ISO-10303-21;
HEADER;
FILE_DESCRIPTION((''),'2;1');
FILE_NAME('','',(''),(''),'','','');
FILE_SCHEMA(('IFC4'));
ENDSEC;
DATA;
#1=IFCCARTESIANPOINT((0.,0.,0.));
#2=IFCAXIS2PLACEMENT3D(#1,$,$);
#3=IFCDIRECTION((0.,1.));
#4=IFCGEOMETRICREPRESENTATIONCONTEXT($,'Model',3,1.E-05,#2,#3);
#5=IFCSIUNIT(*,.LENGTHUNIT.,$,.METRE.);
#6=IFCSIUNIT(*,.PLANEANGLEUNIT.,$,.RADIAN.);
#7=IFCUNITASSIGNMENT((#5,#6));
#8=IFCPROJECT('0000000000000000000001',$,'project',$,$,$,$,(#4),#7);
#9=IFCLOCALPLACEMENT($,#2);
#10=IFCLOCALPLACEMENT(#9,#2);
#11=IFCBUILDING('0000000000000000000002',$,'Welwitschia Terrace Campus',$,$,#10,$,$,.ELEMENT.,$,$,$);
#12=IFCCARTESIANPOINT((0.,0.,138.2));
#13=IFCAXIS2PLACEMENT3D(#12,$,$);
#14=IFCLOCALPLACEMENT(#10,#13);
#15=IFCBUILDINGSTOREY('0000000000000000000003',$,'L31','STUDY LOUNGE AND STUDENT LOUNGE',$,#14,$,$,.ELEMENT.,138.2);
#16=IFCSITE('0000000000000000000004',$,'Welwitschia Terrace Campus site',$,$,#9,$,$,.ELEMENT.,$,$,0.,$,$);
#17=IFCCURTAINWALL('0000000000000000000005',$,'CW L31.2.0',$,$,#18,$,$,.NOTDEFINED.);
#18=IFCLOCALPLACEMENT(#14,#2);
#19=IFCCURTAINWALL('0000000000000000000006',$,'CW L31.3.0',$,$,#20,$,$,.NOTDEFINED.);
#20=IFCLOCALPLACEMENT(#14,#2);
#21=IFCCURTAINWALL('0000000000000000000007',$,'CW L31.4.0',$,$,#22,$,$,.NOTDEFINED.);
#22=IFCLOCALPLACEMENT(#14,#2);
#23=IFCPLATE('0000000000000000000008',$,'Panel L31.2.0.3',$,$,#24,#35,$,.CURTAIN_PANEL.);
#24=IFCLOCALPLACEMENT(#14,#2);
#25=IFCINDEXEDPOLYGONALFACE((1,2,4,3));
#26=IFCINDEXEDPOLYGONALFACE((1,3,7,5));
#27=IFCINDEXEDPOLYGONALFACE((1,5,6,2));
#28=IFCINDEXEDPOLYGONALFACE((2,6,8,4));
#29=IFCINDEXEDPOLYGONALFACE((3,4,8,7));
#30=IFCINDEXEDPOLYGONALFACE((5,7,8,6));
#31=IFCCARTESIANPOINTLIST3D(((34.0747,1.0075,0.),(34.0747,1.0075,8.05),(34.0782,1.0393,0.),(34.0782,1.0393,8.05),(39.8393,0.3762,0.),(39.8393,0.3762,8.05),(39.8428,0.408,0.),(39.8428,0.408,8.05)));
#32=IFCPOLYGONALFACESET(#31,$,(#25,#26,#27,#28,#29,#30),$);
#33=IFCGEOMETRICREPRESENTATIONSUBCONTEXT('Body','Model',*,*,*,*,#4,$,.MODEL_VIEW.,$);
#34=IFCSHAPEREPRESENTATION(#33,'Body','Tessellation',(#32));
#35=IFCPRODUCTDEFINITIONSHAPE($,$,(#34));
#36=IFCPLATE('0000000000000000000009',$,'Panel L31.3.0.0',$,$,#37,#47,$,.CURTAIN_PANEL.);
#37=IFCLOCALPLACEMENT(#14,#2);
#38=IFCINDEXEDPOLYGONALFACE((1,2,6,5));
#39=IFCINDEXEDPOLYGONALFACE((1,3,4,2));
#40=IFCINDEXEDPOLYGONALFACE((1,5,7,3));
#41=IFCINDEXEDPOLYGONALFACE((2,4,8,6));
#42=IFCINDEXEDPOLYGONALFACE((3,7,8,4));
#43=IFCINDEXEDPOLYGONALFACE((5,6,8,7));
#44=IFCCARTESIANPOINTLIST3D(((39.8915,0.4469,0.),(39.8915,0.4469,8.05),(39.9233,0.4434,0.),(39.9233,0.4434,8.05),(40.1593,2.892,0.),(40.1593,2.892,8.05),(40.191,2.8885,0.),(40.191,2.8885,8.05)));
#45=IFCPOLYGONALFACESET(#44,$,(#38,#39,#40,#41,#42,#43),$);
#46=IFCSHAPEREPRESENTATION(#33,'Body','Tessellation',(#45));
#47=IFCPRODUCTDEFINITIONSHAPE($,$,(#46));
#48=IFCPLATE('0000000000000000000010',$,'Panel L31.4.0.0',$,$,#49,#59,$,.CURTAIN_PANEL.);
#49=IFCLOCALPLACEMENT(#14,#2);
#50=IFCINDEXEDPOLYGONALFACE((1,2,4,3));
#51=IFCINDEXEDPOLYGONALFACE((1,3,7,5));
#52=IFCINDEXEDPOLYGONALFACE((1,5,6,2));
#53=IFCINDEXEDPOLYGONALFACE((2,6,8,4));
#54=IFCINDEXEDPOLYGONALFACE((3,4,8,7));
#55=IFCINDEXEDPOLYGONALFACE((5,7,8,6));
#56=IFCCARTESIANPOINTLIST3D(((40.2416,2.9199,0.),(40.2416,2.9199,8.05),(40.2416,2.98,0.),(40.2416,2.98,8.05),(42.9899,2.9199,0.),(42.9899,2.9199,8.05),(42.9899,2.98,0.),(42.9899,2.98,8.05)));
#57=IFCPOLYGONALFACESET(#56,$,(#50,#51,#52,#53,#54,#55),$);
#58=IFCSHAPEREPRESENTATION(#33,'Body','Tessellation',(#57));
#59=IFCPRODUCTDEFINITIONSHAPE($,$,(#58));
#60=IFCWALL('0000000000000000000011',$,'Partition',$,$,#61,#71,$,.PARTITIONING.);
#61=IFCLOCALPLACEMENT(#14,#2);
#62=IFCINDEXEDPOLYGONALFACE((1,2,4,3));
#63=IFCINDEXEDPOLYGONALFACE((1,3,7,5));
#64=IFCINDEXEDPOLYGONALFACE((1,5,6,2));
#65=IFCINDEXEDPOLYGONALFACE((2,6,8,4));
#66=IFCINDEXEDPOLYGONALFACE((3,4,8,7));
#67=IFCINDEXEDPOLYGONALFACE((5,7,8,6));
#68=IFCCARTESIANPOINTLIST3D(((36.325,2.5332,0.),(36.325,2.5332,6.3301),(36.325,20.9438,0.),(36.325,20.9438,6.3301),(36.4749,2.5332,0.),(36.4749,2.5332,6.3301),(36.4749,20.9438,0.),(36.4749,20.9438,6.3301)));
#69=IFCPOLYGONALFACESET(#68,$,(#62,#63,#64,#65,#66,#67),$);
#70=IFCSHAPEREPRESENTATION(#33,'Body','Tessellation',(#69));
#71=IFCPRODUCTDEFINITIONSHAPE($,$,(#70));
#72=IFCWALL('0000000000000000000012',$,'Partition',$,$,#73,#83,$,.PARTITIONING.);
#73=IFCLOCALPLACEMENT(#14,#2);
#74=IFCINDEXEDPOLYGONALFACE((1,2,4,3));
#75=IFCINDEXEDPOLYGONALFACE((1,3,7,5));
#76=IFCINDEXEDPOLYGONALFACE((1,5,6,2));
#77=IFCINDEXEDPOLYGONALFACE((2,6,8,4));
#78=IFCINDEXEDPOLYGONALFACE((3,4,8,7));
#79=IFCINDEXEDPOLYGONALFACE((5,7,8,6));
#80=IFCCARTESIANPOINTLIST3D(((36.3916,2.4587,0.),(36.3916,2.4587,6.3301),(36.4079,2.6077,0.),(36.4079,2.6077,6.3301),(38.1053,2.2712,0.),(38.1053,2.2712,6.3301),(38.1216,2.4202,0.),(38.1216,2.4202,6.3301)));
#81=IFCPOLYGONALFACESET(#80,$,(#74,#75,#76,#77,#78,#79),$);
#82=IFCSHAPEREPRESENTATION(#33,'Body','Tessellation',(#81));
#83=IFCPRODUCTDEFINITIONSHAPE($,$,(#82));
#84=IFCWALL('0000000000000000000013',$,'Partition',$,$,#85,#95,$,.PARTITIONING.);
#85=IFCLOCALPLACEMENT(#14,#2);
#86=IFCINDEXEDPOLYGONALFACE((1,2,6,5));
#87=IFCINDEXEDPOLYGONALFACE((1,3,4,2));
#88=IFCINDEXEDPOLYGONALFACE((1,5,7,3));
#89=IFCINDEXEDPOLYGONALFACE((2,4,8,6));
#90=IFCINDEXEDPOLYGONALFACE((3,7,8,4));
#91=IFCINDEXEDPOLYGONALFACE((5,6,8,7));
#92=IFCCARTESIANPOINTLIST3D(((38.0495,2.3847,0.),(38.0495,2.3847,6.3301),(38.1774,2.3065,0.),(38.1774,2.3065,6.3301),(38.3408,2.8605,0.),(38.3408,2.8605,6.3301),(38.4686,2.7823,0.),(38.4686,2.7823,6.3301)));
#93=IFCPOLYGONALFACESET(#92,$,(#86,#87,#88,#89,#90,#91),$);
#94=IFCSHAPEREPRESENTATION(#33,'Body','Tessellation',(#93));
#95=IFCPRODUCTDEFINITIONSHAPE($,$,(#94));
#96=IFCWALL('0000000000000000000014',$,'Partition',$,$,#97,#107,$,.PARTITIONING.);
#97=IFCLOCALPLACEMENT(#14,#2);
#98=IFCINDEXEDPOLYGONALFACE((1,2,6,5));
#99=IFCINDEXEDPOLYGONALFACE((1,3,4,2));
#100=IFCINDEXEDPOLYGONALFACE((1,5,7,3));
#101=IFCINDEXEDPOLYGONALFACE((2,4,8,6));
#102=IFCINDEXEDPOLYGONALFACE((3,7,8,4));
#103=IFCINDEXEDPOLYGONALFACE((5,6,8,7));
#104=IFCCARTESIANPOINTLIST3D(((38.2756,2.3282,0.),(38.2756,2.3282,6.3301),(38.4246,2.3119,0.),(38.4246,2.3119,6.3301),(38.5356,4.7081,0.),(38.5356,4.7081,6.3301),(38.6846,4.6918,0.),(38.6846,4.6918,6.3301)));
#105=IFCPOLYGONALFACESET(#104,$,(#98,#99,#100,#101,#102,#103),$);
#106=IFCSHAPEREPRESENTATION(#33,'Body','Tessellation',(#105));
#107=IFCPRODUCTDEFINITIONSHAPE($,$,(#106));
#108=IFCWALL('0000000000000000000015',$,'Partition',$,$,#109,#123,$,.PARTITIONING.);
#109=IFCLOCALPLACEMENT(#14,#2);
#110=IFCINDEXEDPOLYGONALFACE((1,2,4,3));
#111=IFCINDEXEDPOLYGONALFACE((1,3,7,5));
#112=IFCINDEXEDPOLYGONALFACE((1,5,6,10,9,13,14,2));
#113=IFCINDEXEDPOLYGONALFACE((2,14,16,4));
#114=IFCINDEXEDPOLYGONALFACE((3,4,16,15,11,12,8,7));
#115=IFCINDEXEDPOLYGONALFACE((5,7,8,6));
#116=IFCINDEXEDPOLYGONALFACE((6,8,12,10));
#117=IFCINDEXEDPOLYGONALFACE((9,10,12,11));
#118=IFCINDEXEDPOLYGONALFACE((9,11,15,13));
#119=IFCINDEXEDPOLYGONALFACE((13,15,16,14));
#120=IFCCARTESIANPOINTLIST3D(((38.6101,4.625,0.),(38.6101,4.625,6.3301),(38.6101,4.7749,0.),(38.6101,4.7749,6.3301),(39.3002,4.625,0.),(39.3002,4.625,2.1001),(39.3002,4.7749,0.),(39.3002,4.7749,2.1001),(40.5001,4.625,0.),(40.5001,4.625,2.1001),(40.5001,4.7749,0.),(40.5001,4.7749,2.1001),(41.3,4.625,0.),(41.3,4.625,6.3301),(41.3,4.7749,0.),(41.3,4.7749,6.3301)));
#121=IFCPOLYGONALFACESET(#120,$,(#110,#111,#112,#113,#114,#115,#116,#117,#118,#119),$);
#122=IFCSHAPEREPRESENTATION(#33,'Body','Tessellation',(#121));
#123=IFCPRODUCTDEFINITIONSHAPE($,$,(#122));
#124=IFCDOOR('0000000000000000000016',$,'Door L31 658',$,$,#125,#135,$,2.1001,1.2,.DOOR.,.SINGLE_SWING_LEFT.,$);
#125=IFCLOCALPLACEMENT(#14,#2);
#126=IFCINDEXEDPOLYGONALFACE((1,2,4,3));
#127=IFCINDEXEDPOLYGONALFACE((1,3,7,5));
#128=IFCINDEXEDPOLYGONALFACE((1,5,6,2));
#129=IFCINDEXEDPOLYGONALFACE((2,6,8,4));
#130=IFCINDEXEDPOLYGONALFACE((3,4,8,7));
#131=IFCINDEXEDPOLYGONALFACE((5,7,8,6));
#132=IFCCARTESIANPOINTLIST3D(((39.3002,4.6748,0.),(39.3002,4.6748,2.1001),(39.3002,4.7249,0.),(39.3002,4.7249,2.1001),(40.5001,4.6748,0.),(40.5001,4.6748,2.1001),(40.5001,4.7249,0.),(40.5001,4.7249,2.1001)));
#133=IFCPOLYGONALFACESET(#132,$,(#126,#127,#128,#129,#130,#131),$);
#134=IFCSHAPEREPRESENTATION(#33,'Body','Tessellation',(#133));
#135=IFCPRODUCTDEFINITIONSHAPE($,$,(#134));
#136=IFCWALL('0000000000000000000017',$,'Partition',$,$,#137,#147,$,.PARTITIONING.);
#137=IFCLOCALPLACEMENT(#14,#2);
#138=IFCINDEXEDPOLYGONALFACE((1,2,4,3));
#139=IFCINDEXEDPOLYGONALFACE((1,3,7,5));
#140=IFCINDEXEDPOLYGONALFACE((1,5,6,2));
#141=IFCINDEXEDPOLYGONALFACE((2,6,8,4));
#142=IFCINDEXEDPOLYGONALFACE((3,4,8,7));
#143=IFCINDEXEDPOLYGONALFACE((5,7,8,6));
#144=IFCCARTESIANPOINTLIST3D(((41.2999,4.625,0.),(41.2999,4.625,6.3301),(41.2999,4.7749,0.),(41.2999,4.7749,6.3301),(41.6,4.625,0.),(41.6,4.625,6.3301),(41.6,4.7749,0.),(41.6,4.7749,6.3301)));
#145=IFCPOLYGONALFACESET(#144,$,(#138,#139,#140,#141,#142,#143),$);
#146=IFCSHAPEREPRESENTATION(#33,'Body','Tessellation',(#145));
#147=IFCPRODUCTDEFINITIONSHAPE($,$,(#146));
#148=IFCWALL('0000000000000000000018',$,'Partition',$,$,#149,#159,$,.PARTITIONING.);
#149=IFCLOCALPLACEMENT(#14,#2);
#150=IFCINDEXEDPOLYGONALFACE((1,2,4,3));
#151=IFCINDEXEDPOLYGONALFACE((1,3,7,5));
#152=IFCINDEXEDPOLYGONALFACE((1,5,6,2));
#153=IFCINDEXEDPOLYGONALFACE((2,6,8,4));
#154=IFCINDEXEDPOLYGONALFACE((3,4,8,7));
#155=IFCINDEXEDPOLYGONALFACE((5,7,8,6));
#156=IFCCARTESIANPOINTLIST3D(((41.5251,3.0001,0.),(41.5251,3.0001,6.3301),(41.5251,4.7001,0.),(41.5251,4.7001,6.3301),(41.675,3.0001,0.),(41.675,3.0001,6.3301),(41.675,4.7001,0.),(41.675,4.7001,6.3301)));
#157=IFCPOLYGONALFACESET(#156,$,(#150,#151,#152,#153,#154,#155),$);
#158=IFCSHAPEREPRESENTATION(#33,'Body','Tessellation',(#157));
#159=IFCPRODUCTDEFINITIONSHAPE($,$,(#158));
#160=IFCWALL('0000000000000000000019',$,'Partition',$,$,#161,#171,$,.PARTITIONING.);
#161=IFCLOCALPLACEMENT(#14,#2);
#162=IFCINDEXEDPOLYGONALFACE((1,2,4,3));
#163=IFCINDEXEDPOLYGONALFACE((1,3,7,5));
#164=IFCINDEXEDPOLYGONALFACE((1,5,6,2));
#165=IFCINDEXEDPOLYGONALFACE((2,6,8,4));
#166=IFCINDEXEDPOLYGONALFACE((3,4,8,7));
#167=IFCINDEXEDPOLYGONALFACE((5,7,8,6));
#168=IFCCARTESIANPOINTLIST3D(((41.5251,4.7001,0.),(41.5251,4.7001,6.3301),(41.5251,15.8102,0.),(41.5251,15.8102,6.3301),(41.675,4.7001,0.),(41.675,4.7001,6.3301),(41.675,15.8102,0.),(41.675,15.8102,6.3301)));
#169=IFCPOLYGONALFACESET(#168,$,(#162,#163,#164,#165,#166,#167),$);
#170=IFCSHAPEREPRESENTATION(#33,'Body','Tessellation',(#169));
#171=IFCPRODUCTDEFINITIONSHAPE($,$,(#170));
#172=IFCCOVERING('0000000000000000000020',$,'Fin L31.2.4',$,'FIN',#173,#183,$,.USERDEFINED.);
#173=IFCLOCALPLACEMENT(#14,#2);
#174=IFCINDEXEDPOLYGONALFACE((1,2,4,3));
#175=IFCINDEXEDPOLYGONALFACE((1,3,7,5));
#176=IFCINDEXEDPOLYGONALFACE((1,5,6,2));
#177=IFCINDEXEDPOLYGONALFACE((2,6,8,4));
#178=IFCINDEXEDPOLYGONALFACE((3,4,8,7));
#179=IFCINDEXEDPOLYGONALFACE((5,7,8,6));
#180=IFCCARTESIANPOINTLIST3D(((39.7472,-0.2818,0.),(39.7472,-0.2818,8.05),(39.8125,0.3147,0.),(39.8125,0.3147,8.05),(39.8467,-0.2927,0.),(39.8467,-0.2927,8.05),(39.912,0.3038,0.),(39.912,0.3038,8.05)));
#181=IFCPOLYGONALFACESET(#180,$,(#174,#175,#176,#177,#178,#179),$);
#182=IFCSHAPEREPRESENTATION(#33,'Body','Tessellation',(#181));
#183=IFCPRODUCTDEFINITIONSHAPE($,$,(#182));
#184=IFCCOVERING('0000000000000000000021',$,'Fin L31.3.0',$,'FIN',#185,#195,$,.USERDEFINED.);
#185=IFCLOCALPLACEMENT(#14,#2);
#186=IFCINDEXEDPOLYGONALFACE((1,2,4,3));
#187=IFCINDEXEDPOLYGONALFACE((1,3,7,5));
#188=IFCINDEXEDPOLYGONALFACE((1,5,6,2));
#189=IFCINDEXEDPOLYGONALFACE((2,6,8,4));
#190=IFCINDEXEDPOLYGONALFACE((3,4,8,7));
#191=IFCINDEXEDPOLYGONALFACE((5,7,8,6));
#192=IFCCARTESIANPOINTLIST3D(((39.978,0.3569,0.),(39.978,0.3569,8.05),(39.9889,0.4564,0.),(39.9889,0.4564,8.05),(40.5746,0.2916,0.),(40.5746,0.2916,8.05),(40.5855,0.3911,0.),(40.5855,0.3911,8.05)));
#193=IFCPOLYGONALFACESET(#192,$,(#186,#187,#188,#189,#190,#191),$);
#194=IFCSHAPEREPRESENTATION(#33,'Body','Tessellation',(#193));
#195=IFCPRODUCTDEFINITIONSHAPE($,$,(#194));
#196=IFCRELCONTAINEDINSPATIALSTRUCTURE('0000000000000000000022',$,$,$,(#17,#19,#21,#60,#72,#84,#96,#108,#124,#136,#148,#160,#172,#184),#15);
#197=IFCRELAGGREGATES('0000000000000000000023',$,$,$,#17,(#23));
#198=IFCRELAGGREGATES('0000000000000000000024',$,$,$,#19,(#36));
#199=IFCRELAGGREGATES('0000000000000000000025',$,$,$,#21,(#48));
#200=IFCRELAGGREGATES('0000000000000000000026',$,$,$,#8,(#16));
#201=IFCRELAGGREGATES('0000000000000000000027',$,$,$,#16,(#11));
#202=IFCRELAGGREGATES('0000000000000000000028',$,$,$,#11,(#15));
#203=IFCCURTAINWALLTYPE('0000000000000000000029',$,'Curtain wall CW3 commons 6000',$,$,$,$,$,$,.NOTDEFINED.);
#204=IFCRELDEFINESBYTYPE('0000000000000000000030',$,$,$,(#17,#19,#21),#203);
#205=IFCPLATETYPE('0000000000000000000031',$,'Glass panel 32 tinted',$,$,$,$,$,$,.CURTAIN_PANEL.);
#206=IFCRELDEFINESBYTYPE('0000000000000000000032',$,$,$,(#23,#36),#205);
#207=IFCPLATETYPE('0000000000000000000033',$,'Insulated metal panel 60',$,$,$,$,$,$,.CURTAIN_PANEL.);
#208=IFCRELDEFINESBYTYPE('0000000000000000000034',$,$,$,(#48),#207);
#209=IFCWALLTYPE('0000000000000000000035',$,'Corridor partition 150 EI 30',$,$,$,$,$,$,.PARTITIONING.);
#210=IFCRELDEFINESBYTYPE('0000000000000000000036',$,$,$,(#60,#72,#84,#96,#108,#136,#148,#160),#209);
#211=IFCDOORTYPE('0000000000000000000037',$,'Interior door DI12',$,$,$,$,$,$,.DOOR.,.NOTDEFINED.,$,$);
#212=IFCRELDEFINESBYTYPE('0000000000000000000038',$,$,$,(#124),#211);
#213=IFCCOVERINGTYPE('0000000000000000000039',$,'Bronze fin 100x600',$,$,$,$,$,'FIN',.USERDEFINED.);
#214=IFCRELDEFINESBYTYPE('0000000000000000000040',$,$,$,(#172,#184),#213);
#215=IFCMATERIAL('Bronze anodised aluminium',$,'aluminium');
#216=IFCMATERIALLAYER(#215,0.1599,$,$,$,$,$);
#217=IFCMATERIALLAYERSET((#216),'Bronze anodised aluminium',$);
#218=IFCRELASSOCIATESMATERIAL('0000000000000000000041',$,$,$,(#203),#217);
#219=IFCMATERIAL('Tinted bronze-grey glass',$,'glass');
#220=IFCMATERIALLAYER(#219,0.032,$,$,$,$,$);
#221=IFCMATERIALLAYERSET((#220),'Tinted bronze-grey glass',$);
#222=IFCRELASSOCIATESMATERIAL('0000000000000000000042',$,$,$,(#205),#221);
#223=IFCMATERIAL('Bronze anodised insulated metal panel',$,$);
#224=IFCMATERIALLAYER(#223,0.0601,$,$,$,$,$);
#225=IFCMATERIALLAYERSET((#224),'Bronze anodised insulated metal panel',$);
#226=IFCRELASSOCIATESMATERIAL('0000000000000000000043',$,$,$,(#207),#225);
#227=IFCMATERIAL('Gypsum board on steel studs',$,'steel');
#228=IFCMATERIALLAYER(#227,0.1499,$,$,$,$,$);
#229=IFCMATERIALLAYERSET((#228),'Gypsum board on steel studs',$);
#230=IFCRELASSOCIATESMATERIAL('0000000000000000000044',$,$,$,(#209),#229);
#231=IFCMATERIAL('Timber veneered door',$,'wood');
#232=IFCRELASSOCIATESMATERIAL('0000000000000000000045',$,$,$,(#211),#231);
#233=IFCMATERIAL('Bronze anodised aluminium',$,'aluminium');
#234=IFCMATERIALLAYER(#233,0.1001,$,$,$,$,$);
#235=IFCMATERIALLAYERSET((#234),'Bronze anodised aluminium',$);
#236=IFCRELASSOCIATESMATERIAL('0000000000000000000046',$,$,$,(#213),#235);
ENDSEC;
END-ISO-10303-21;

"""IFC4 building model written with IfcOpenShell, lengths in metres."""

from ifc_helpers import new_model, si_unit, direction, frame, frame_2d, origin, origin_2d, place, context, subcontext, project, spatial, rectangle, extrude, material, layer, layer_set, type_object, element, fill, aggregate, save


model = new_model("IFC4")

# Units and contexts
model_context = context("Model", 3, precision=1e-05, world=origin(), true_north=direction((0.0, 1.0)))
body_context = subcontext(model_context, "Body", "Model", "MODEL_VIEW")
ifc_project = project(units=[si_unit("LENGTHUNIT", "METRE"), si_unit("PLANEANGLEUNIT", "RADIAN")], contexts=[model_context])

# Site, building, storey
site_placement = place(None, origin())
site = spatial("IfcSite", under=ifc_project, at=site_placement, Name="Welwitschia Terrace Campus site", CompositionType="ELEMENT", RefElevation=0.0)
building_placement = place(site_placement, origin())
building = spatial("IfcBuilding", under=site, at=building_placement, Name="Welwitschia Terrace Campus", CompositionType="ELEMENT")
storey_placement = place(building_placement, frame((0.0, 0.0, 138.2)))
storey = spatial("IfcBuildingStorey", under=building, at=storey_placement, Name="L31", Description="STUDY LOUNGE AND STUDENT LOUNGE", CompositionType="ELEMENT", Elevation=138.2)

# Curtain wall
ifc_material_1 = material(Name="Bronze anodised aluminium", Category="aluminium")
ifc_layer_1 = layer(ifc_material_1, 0.1599)
ifc_layer_set_1 = layer_set([ifc_layer_1], Name="Bronze anodised aluminium")
curtain_wall_type = type_object("IfcCurtainWallType", Name="Curtain wall CW3 commons 6000", PredefinedType="NOTDEFINED", material=ifc_layer_set_1)
curtain_wall_1_placement = place(storey_placement, origin())
curtain_wall_1 = element("IfcCurtainWall", 1, at=curtain_wall_1_placement, inside=storey, type_object=curtain_wall_type, Name="CW L31.2.0", PredefinedType="NOTDEFINED")

# Curtain walls
curtain_wall_2_placement = place(storey_placement, origin())
curtain_wall_2 = element("IfcCurtainWall", 2, at=curtain_wall_2_placement, inside=storey, type_object=curtain_wall_type, Name="CW L31.3.0", PredefinedType="NOTDEFINED")
curtain_wall_3_placement = place(storey_placement, origin())
curtain_wall_3 = element("IfcCurtainWall", 3, at=curtain_wall_3_placement, inside=storey, type_object=curtain_wall_type, Name="CW L31.4.0", PredefinedType="NOTDEFINED")

# Plates
ifc_material_2 = material(Name="Tinted bronze-grey glass", Category="glass")
ifc_layer_2 = layer(ifc_material_2, 0.032)
ifc_layer_set_2 = layer_set([ifc_layer_2], Name="Tinted bronze-grey glass")
plate_type_1 = type_object("IfcPlateType", Name="Glass panel 32 tinted", PredefinedType="CURTAIN_PANEL", material=ifc_layer_set_2)
plate_1_placement = place(storey_placement, frame((36.9587, 0.7078, 0.0), z_axis=(0.0, 0.0, 1.0), x_axis=(0.994056, -0.108867, 0.0)))
plate_1 = element("IfcPlate", 4, at=plate_1_placement, type_object=plate_type_1, Name="Panel L31.2.0.3", PredefinedType="CURTAIN_PANEL", context=body_context, shape_type="SweptSolid", body=[
    extrude(rectangle(XDim=5.7991, YDim=0.032, at=origin_2d()), origin(), (0.0, 0.0, 1.0), 8.05),
])
aggregate(curtain_wall_1, [plate_1])
plate_2_placement = place(storey_placement, frame((40.0413, 1.6677, 0.0), z_axis=(0.0, 0.0, 1.0), x_axis=(0.108867, 0.994056, 0.0)))
plate_2 = element("IfcPlate", 5, at=plate_2_placement, type_object=plate_type_1, Name="Panel L31.3.0.0", PredefinedType="CURTAIN_PANEL", context=body_context, shape_type="SweptSolid", body=[
    extrude(rectangle(XDim=2.4597, YDim=0.032, at=origin_2d()), origin(), (0.0, 0.0, 1.0), 8.05),
])
aggregate(curtain_wall_2, [plate_2])
ifc_material_3 = material(Name="Bronze anodised insulated metal panel")
ifc_layer_3 = layer(ifc_material_3, 0.0601)
ifc_layer_set_3 = layer_set([ifc_layer_3], Name="Bronze anodised insulated metal panel")
plate_type_2 = type_object("IfcPlateType", Name="Insulated metal panel 60", PredefinedType="CURTAIN_PANEL", material=ifc_layer_set_3)
plate_3_placement = place(storey_placement, frame((41.6157, 2.95, 0.0), z_axis=(0.0, 0.0, 1.0), x_axis=(1.0, 0.0, 0.0)))
plate_3 = element("IfcPlate", 6, at=plate_3_placement, type_object=plate_type_2, Name="Panel L31.4.0.0", PredefinedType="CURTAIN_PANEL", context=body_context, shape_type="SweptSolid", body=[
    extrude(rectangle(XDim=2.7483, YDim=0.0601, at=origin_2d()), origin(), (0.0, 0.0, 1.0), 8.05),
])
aggregate(curtain_wall_3, [plate_3])

# Walls
ifc_material_4 = material(Name="Gypsum board on steel studs", Category="steel")
ifc_layer_4 = layer(ifc_material_4, 0.1499)
ifc_layer_set_4 = layer_set([ifc_layer_4], Name="Gypsum board on steel studs")
wall_type = type_object("IfcWallType", Name="Corridor partition 150 EI 30", PredefinedType="PARTITIONING", material=ifc_layer_set_4)
wall_1_placement = place(storey_placement, frame((36.3999, 2.5332, 0.0), z_axis=(0.0, 0.0, 1.0), x_axis=(0.0, 1.0, 0.0)))
element("IfcWall", 7, at=wall_1_placement, inside=storey, type_object=wall_type, Name="Partition", PredefinedType="PARTITIONING", context=body_context, shape_type="SweptSolid", body=[
    extrude(rectangle(XDim=18.4106, YDim=0.1499, at=frame_2d((9.2053, 0.0))), origin(), (0.0, 0.0, 1.0), 6.3301),
])
wall_2_placement = place(storey_placement, frame((36.3999, 2.5332, 0.0), z_axis=(0.0, 0.0, 1.0), x_axis=(0.994067, -0.108768, 0.0)))
element("IfcWall", 8, at=wall_2_placement, inside=storey, type_object=wall_type, Name="Partition", PredefinedType="PARTITIONING", context=body_context, shape_type="SweptSolid", body=[
    extrude(rectangle(XDim=1.7239, YDim=0.1499, at=frame_2d((0.8618, 0.0))), origin(), (0.0, 0.0, 1.0), 6.3301),
])
wall_3_placement = place(storey_placement, frame((38.1135, 2.3457, 0.0), z_axis=(0.0, 0.0, 1.0), x_axis=(0.522069, 0.852903, 0.0)))
element("IfcWall", 9, at=wall_3_placement, inside=storey, type_object=wall_type, Name="Partition", PredefinedType="PARTITIONING", context=body_context, shape_type="SweptSolid", body=[
    extrude(rectangle(XDim=0.5579, YDim=0.1499, at=frame_2d((0.2788, 0.0))), origin(), (0.0, 0.0, 1.0), 6.3301),
])
wall_4_placement = place(storey_placement, frame((38.3501, 2.3201, 0.0), z_axis=(0.0, 0.0, 1.0), x_axis=(0.108607, 0.994085, 0.0)))
element("IfcWall", 10, at=wall_4_placement, inside=storey, type_object=wall_type, Name="Partition", PredefinedType="PARTITIONING", context=body_context, shape_type="SweptSolid", body=[
    extrude(rectangle(XDim=2.394, YDim=0.1499, at=frame_2d((1.197, 0.0))), origin(), (0.0, 0.0, 1.0), 6.3301),
])

# Wall, opening, door
wall_5_placement = place(storey_placement, frame((38.6101, 4.7, 0.0), z_axis=(0.0, 0.0, 1.0), x_axis=(1.0, 0.0, 0.0)))
wall_5 = element("IfcWall", 11, at=wall_5_placement, inside=storey, type_object=wall_type, Name="Partition", PredefinedType="PARTITIONING", context=body_context, shape_type="SweptSolid", body=[
    extrude(rectangle(XDim=2.6899, YDim=0.1499, at=frame_2d((1.345, 0.0))), origin(), (0.0, 0.0, 1.0), 6.3301),
])
opening_placement = place(wall_5_placement, frame((0.6899, 0.0, 0.0)))
opening = element("IfcOpeningElement", 12, at=opening_placement, cuts=wall_5, PredefinedType="OPENING", context=body_context, shape_type="SweptSolid", body=[
    extrude(rectangle(XDim=1.2, YDim=2.1001, at=frame_2d((0.6001, 1.05))), frame((0.0, 0.085, 0.0), z_axis=(0.0, -1.0, 0.0), x_axis=(1.0, 0.0, 0.0)), (0.0, 0.0, 1.0), 0.1699),
])
ifc_material_5 = material(Name="Timber veneered door", Category="wood")
door_type = type_object("IfcDoorType", Name="Interior door DI12", OperationType="NOTDEFINED", PredefinedType="DOOR", material=ifc_material_5)
door_placement = place(opening_placement, origin())
door = element("IfcDoor", 13, at=door_placement, inside=storey, type_object=door_type, Name="Door L31 658", OperationType="SINGLE_SWING_LEFT", OverallHeight=2.1001, OverallWidth=1.2, PredefinedType="DOOR", context=body_context, shape_type="SweptSolid", body=[
    extrude(rectangle(XDim=1.2, YDim=2.1001, at=frame_2d((0.6001, 1.05))), frame((0.0, 0.0249, 0.0), z_axis=(0.0, -1.0, 0.0), x_axis=(1.0, 0.0, 0.0)), (0.0, 0.0, 1.0), 0.05),
])
fill(opening, door)

# Walls
wall_6_placement = place(storey_placement, frame((41.3, 4.7, 0.0), z_axis=(0.0, 0.0, 1.0), x_axis=(1.0, 0.0, 0.0)))
element("IfcWall", 14, at=wall_6_placement, inside=storey, type_object=wall_type, Name="Partition", PredefinedType="PARTITIONING", context=body_context, shape_type="SweptSolid", body=[
    extrude(rectangle(XDim=0.3, YDim=0.1499, at=frame_2d((0.1499, 0.0))), origin(), (0.0, 0.0, 1.0), 6.3301),
])
wall_7_placement = place(storey_placement, frame((41.6001, 3.0, 0.0), z_axis=(0.0, 0.0, 1.0), x_axis=(0.0, 1.0, 0.0)))
element("IfcWall", 15, at=wall_7_placement, inside=storey, type_object=wall_type, Name="Partition", PredefinedType="PARTITIONING", context=body_context, shape_type="SweptSolid", body=[
    extrude(rectangle(XDim=1.7, YDim=0.1499, at=frame_2d((0.8501, 0.0))), origin(), (0.0, 0.0, 1.0), 6.3301),
])
wall_8_placement = place(storey_placement, frame((41.6001, 4.7, 0.0), z_axis=(0.0, 0.0, 1.0), x_axis=(0.0, 1.0, 0.0)))
element("IfcWall", 16, at=wall_8_placement, inside=storey, type_object=wall_type, Name="Partition", PredefinedType="PARTITIONING", context=body_context, shape_type="SweptSolid", body=[
    extrude(rectangle(XDim=11.1101, YDim=0.1499, at=frame_2d((5.5552, 0.0))), origin(), (0.0, 0.0, 1.0), 6.3301),
])

# Coverings
ifc_material_6 = material(Name="Bronze anodised aluminium", Category="aluminium")
ifc_layer_5 = layer(ifc_material_6, 0.1001)
ifc_layer_set_5 = layer_set([ifc_layer_5], Name="Bronze anodised aluminium")
covering_type = type_object("IfcCoveringType", Name="Bronze fin 100x600", ElementType="FIN", PredefinedType="USERDEFINED", material=ifc_layer_set_5)
for number, where, z_axis, x_axis, name in (
    (17, (39.8296, 0.011, 0.0), (0.0, 0.0, 1.0), (0.994056, -0.108867, 0.0), "Fin L31.2.4"),
    (18, (40.2817, 0.374, 0.0), (0.0, 0.0, 1.0), (0.108867, 0.994056, 0.0), "Fin L31.3.0"),
):
    element("IfcCovering", number, at=place(storey_placement, frame(where, z_axis=z_axis, x_axis=x_axis)), inside=storey, type_object=covering_type, Name=name, ObjectType="FIN", PredefinedType="USERDEFINED", context=body_context, shape_type="SweptSolid", body=[
        extrude(rectangle(XDim=0.1001, YDim=0.6001, at=origin_2d()), origin(), (0.0, 0.0, 1.0), 8.05),
    ])

save(model, "model.ifc")
